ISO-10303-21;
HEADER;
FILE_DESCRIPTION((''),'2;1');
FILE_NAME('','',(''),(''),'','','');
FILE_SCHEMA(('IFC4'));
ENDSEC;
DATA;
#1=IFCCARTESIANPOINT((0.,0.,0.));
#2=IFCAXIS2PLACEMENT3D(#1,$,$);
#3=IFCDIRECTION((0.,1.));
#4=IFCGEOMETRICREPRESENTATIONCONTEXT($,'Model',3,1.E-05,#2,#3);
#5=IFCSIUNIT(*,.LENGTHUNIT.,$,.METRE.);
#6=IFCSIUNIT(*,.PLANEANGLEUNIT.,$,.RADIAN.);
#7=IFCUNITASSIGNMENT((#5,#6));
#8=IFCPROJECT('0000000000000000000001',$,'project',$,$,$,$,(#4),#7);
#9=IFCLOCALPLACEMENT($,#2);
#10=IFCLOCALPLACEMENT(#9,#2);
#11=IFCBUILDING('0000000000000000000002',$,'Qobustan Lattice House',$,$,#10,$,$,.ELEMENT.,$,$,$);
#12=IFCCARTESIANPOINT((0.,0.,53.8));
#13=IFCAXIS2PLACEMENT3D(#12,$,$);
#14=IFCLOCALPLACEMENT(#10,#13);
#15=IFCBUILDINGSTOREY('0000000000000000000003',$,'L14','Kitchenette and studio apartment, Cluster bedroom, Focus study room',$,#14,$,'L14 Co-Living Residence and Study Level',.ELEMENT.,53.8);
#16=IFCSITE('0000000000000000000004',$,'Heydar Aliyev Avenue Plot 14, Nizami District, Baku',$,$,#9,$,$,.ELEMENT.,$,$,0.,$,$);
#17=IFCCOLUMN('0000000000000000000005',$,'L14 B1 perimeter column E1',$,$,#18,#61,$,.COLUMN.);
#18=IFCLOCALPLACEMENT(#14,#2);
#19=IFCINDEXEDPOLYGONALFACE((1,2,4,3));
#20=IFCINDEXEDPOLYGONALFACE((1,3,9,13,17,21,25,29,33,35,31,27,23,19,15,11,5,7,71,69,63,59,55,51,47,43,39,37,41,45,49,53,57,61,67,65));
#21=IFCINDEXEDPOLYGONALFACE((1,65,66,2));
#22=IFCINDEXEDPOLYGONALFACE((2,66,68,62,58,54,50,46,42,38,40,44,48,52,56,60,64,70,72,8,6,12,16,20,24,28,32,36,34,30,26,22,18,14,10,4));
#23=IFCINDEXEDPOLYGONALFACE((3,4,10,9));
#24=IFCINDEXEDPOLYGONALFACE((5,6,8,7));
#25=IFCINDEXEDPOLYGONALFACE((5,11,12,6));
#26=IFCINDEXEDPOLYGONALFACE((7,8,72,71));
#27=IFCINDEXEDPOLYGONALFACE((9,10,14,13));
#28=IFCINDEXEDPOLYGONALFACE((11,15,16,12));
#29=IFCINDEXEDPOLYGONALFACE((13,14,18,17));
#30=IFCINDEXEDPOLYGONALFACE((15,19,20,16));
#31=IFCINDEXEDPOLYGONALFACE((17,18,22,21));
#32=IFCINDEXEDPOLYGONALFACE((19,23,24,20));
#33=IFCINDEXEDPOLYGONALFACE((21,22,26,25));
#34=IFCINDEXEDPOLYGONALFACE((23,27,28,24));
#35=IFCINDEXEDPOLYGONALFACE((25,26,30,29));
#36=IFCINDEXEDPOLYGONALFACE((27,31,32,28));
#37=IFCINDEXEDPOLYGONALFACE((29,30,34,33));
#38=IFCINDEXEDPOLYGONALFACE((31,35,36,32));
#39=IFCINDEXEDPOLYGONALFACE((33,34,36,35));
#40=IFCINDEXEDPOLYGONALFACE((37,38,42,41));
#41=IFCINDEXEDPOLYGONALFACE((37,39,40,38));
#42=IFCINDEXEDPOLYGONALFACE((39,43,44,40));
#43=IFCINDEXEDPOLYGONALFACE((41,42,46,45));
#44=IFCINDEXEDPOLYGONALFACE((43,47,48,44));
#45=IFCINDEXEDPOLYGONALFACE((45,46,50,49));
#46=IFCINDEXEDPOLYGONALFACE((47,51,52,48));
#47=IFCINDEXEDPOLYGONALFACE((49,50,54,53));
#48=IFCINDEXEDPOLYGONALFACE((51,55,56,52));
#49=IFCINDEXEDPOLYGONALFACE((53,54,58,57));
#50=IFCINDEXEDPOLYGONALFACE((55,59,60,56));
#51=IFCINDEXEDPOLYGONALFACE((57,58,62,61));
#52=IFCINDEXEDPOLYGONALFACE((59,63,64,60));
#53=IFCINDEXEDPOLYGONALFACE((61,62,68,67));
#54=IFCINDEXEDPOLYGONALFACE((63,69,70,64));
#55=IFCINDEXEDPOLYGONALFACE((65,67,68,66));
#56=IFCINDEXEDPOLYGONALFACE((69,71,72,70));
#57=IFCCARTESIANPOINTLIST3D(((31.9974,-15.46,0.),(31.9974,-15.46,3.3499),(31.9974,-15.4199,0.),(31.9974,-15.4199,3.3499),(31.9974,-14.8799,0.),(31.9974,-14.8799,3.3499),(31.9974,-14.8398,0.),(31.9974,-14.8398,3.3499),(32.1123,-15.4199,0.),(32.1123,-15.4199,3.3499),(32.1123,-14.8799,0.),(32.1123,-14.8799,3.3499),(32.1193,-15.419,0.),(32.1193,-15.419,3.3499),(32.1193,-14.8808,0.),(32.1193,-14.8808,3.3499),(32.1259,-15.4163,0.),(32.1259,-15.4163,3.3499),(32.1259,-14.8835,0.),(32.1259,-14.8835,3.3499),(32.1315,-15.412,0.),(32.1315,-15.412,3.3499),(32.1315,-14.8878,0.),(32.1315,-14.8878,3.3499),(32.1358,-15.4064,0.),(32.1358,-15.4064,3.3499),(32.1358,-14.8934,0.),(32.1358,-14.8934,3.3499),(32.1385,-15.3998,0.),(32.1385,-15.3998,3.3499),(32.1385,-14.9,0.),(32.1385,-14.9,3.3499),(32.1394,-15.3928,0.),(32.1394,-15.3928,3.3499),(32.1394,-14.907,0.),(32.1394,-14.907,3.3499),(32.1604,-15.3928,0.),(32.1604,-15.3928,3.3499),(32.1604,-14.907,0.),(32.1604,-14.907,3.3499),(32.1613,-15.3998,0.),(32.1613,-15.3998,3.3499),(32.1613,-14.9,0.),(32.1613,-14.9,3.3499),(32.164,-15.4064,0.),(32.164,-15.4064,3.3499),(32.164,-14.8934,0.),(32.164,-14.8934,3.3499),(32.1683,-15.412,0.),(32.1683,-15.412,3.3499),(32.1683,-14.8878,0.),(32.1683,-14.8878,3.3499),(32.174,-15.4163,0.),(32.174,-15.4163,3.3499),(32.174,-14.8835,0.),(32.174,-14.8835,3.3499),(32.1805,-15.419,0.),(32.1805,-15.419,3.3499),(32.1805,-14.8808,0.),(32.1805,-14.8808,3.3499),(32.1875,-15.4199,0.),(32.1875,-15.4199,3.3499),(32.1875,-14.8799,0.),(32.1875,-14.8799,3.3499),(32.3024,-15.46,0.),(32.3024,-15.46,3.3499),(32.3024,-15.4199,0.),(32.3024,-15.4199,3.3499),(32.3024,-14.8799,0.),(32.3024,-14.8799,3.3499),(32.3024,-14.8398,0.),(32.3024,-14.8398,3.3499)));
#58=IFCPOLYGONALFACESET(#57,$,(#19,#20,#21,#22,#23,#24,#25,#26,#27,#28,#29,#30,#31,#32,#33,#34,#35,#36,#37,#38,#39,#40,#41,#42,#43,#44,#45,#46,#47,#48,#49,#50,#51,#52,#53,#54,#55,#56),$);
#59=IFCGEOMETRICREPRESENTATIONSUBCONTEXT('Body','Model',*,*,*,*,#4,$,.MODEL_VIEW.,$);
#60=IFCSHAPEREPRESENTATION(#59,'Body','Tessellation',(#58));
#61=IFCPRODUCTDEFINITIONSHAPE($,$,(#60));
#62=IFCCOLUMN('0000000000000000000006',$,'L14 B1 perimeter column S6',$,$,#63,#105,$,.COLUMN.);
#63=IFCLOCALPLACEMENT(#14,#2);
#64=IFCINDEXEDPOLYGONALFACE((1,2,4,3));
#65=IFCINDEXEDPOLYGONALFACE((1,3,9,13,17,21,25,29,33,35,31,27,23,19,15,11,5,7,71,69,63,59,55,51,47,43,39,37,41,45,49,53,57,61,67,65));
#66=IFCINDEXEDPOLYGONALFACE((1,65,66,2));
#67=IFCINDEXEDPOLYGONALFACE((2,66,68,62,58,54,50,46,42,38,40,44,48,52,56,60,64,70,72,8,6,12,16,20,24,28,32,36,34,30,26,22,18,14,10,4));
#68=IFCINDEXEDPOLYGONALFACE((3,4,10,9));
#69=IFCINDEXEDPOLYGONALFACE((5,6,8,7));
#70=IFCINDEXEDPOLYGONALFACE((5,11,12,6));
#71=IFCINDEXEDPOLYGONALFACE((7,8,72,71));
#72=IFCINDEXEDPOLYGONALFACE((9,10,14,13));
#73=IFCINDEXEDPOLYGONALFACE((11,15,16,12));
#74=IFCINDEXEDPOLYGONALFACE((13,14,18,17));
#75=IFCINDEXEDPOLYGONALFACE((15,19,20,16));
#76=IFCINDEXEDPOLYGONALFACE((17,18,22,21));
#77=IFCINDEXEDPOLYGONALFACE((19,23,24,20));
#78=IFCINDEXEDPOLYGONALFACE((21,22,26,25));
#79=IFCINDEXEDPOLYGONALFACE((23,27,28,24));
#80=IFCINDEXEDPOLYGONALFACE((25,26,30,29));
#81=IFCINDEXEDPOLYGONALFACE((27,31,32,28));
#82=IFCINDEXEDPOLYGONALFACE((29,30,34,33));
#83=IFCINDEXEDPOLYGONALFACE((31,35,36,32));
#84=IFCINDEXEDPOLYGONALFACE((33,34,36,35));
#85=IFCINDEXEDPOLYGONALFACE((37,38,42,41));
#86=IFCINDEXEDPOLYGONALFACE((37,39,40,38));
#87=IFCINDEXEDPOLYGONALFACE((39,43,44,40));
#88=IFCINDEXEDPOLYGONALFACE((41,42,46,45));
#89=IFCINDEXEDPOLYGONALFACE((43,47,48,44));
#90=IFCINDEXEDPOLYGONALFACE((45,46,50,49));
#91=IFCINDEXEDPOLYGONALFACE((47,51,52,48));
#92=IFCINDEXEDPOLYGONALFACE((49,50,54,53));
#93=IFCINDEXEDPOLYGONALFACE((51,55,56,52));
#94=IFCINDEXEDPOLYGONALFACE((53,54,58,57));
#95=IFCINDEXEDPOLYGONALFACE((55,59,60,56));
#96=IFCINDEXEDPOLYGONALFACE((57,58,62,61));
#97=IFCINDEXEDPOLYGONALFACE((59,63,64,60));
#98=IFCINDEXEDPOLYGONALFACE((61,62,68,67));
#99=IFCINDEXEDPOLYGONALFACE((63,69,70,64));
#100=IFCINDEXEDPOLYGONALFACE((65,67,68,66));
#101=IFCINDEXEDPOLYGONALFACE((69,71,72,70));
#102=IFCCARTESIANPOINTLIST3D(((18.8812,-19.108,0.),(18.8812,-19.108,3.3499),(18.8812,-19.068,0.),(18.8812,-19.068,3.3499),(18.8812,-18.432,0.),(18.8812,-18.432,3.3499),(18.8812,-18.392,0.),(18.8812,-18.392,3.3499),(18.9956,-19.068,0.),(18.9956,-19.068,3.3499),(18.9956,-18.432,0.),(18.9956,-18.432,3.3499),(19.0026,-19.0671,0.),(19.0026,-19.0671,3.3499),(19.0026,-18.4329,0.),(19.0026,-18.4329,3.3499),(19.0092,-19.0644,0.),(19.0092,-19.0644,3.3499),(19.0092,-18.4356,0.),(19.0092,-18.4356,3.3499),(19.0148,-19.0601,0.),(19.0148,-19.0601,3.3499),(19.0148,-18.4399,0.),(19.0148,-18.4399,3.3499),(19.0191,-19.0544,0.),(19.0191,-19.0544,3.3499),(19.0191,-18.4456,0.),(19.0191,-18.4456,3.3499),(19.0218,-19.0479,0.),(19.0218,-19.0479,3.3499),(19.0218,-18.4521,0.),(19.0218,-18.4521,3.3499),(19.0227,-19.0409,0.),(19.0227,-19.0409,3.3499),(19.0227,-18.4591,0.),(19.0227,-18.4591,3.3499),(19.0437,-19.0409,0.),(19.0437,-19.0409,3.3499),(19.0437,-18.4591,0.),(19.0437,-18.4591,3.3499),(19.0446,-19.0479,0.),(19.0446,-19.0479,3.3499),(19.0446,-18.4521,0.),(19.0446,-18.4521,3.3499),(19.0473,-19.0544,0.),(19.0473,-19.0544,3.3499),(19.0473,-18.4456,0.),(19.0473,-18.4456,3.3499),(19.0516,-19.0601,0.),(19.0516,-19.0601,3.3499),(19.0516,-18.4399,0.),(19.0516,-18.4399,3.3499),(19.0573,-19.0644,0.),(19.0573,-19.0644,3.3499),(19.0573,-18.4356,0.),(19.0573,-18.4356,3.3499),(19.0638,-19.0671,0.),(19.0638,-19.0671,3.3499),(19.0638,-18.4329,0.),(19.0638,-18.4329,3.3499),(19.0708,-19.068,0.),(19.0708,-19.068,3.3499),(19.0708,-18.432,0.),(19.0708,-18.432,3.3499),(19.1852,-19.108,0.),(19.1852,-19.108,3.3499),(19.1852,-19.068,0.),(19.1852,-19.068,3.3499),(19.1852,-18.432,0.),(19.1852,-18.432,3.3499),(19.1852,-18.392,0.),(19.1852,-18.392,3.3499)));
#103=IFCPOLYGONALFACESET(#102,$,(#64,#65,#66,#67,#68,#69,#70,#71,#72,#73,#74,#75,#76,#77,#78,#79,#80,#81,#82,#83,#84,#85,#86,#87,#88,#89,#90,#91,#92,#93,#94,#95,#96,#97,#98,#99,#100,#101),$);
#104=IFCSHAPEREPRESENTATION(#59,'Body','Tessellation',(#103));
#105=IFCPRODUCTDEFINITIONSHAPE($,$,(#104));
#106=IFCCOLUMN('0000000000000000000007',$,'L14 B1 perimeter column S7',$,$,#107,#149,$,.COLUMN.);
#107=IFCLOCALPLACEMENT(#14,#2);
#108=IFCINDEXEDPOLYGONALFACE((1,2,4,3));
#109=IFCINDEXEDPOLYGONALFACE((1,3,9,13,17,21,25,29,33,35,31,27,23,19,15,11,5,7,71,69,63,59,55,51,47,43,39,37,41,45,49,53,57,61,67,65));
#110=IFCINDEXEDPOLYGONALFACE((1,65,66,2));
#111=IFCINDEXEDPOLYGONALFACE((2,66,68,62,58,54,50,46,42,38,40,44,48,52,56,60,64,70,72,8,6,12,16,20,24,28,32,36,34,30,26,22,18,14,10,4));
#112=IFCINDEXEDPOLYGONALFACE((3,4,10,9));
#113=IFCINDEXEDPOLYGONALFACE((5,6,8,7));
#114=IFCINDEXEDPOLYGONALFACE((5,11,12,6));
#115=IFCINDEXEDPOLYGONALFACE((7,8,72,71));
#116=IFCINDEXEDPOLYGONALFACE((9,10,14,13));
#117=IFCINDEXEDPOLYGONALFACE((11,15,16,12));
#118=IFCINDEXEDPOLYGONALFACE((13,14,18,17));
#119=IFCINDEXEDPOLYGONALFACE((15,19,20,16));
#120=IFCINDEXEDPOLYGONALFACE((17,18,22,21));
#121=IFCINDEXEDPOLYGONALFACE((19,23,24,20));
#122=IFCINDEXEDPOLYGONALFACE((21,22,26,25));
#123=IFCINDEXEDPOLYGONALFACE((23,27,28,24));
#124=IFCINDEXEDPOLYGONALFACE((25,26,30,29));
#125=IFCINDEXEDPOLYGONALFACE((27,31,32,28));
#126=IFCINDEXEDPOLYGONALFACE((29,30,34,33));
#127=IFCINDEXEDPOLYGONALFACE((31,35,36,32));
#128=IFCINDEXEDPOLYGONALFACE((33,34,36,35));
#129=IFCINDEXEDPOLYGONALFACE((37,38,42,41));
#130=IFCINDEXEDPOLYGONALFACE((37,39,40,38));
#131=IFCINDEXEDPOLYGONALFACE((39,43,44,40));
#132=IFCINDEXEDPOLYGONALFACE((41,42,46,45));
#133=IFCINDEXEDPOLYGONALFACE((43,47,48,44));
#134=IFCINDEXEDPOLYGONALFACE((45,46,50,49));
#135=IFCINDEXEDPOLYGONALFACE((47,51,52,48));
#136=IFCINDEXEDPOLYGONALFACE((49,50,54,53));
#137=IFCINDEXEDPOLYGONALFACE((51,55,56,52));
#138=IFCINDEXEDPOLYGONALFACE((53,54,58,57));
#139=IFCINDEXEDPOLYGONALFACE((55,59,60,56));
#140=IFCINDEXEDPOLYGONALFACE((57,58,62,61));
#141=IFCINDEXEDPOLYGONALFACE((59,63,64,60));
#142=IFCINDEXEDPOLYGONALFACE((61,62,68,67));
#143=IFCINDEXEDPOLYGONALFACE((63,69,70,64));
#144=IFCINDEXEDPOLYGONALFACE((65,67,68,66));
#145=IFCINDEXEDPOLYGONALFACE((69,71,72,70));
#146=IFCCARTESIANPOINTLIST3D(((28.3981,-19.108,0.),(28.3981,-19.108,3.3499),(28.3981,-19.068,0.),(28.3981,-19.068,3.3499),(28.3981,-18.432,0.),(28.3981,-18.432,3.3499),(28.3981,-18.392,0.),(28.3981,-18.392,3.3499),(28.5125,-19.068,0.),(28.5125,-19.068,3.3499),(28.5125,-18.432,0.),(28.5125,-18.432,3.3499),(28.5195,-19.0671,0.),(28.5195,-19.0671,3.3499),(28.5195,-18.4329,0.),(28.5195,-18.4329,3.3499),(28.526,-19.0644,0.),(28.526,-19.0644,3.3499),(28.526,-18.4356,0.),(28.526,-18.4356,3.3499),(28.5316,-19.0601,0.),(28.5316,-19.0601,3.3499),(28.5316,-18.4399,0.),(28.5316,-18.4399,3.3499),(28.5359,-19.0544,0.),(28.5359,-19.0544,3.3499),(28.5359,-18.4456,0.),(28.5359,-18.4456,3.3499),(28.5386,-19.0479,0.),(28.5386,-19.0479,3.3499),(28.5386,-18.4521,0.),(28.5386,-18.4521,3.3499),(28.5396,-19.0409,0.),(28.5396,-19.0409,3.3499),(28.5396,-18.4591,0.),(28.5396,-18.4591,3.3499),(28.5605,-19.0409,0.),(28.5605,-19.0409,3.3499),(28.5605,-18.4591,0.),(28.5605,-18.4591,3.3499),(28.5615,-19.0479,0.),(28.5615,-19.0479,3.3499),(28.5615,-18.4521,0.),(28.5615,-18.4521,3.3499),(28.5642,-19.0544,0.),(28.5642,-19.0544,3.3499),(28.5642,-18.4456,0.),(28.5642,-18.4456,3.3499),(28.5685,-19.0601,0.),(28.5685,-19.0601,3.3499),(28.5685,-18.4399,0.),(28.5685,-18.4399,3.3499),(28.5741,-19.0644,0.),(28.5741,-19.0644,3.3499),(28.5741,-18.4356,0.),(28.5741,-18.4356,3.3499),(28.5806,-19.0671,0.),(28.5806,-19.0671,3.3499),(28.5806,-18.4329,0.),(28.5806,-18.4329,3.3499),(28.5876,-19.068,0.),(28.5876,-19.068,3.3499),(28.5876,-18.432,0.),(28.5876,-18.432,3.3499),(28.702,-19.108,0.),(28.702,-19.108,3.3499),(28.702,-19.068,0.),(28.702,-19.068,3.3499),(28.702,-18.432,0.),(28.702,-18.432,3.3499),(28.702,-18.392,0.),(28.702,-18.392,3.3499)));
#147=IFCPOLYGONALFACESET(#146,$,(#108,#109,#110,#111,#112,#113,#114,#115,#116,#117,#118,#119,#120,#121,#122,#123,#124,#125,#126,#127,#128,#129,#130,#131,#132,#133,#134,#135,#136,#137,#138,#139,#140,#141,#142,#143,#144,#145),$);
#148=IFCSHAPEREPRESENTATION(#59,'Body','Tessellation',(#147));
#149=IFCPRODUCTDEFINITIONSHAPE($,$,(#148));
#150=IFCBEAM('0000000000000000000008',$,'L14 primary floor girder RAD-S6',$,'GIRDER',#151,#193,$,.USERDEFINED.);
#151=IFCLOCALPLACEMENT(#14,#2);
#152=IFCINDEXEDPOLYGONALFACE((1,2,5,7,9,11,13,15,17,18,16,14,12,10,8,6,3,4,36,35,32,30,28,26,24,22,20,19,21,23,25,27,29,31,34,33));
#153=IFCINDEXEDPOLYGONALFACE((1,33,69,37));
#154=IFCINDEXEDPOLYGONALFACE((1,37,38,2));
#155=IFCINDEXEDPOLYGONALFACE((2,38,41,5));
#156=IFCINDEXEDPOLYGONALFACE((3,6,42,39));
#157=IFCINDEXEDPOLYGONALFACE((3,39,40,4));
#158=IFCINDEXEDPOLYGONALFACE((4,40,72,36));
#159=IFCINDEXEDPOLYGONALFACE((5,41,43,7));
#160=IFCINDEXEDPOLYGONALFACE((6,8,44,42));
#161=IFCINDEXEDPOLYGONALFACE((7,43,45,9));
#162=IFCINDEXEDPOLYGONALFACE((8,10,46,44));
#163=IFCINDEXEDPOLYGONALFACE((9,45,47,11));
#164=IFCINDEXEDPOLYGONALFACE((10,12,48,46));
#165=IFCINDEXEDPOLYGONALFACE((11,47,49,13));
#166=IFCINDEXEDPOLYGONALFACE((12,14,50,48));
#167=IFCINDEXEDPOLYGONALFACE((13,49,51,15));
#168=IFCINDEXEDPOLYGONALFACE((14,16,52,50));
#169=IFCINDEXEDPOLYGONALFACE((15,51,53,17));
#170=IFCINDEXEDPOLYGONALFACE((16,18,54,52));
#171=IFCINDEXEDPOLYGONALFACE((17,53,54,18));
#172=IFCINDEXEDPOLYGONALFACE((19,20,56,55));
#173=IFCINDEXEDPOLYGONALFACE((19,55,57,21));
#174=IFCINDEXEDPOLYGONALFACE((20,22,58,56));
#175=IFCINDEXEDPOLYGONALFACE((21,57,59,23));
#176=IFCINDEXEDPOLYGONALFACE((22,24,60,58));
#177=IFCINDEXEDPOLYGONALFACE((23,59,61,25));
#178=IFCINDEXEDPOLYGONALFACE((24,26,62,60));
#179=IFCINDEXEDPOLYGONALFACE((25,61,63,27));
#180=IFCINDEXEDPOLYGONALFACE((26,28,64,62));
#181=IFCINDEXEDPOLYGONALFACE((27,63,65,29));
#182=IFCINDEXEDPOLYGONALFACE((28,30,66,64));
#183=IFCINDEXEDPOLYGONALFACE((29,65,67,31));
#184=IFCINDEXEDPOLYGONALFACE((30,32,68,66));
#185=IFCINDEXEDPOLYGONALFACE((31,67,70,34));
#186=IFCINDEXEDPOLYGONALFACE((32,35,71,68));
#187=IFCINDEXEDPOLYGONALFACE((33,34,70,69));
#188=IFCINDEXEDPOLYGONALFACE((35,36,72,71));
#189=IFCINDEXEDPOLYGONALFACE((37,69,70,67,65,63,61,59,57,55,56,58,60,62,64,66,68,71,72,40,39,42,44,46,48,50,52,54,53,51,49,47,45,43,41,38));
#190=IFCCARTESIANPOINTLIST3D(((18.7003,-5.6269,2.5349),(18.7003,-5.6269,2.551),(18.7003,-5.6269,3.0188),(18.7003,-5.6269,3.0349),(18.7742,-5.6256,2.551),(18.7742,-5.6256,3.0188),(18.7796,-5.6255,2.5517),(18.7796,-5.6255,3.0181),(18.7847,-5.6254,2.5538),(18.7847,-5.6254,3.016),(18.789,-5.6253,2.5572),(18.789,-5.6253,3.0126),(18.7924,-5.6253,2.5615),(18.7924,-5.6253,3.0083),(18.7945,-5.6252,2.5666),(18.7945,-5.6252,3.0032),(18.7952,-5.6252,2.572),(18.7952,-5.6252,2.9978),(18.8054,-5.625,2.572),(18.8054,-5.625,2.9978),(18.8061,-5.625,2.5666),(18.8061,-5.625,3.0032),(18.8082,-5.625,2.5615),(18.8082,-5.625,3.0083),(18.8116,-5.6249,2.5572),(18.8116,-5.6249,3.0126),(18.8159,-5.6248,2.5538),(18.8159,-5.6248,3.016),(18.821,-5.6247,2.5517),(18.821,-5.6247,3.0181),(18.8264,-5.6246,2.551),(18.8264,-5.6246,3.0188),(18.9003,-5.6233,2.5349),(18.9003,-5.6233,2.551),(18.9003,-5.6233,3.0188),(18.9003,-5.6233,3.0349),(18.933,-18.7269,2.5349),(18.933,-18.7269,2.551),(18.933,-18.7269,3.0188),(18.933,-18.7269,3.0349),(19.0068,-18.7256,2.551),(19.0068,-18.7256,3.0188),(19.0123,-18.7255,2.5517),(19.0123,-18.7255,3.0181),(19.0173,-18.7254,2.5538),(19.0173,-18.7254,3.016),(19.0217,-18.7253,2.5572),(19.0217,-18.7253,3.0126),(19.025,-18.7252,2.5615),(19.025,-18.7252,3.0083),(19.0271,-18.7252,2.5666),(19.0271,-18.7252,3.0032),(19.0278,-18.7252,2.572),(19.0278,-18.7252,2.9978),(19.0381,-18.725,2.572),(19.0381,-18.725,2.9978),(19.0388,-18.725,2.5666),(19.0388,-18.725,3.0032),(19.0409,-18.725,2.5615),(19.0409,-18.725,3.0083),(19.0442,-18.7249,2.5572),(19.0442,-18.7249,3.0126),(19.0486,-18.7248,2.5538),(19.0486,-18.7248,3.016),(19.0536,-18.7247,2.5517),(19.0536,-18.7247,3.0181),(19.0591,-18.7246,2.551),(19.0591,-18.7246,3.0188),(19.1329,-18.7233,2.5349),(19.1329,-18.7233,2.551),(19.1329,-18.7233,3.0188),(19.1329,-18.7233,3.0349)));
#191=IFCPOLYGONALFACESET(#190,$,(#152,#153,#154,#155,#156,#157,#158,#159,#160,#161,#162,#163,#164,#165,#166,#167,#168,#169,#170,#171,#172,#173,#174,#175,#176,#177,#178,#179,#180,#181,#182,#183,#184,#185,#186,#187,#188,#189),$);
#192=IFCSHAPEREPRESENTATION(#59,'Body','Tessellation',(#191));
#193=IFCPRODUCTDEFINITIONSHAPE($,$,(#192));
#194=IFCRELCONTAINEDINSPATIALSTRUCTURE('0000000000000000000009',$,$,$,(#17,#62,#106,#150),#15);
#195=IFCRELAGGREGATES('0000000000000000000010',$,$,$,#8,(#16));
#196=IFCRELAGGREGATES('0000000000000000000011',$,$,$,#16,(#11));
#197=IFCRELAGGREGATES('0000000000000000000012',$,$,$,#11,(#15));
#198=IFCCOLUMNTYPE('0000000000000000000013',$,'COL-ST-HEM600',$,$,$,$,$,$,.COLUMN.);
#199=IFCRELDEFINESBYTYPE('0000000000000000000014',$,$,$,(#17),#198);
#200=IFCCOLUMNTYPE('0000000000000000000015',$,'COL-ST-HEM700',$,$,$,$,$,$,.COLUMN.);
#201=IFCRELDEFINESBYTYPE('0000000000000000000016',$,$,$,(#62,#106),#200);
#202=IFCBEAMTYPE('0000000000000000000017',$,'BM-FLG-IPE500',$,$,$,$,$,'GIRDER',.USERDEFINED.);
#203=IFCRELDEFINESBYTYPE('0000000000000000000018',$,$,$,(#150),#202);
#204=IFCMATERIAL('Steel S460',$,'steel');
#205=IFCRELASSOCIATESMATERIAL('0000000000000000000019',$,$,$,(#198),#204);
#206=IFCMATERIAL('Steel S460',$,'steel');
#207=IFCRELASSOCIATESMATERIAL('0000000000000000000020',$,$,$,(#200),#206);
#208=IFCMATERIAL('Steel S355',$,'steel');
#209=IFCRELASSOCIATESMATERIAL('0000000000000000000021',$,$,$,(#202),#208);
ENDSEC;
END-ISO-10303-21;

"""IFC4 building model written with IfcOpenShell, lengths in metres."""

from ifc_helpers import new_model, si_unit, direction, frame, origin, origin_2d, place, context, subcontext, project, spatial, i_section, extrude, material, material_profile, profile_set, type_object, element, save


model = new_model("IFC4")

# Units and contexts
model_context = context("Model", 3, precision=1e-05, world=origin(), true_north=direction((0.0, 1.0)))
body_context = subcontext(model_context, "Body", "Model", "MODEL_VIEW")
ifc_project = project(units=[si_unit("LENGTHUNIT", "METRE"), si_unit("PLANEANGLEUNIT", "RADIAN")], contexts=[model_context])

# Site, building, storey
site_placement = place(None, origin())
site = spatial("IfcSite", under=ifc_project, at=site_placement, Name="Heydar Aliyev Avenue Plot 14, Nizami District, Baku", CompositionType="ELEMENT", RefElevation=0.0)
building_placement = place(site_placement, origin())
building = spatial("IfcBuilding", under=site, at=building_placement, Name="Qobustan Lattice House", CompositionType="ELEMENT")
storey_placement = place(building_placement, frame((0.0, 0.0, 53.8)))
storey = spatial("IfcBuildingStorey", under=building, at=storey_placement, Name="L14", Description="Kitchenette and studio apartment, Cluster bedroom, Focus study room", LongName="L14 Co-Living Residence and Study Level", CompositionType="ELEMENT", Elevation=53.8)

# Columns
ifc_material_1 = material(Name="Steel S460", Category="steel")
ifc_material_profile_1 = material_profile(ifc_material_1, i_section(OverallWidth=0.3049, OverallDepth=0.6201, WebThickness=0.021, FlangeThickness=0.04, FilletRadius=0.0271, at=origin_2d()), Name="HEM600")
ifc_profile_set_1 = profile_set([ifc_material_profile_1], Name="Steel S460")
column_type_1 = type_object("IfcColumnType", Name="COL-ST-HEM600", PredefinedType="COLUMN", material=ifc_profile_set_1)
column_placement = place(storey_placement, frame((32.1499, -15.1499, 0.0), z_axis=(0.0, 0.0, 1.0), x_axis=(1.0, 0.0, 0.0)))
element("IfcColumn", 1, at=column_placement, inside=storey, type_object=column_type_1, Name="L14 B1 perimeter column E1", PredefinedType="COLUMN", context=body_context, shape_type="SweptSolid", body=[
    extrude(i_section(OverallWidth=0.3049, OverallDepth=0.6201, WebThickness=0.021, FlangeThickness=0.04, FilletRadius=0.0271, at=origin_2d()), origin(), (0.0, 0.0, 1.0), 3.3499),
])
ifc_material_2 = material(Name="Steel S460", Category="steel")
ifc_material_profile_2 = material_profile(ifc_material_2, i_section(OverallWidth=0.304, OverallDepth=0.7161, WebThickness=0.021, FlangeThickness=0.04, FilletRadius=0.0271, at=origin_2d()), Name="HEM700")
ifc_profile_set_2 = profile_set([ifc_material_profile_2], Name="Steel S460")
column_type_2 = type_object("IfcColumnType", Name="COL-ST-HEM700", PredefinedType="COLUMN", material=ifc_profile_set_2)
for number, where, z_axis, x_axis, name in (
    (2, (19.0332, -18.75, 0.0), (0.0, 0.0, 1.0), (1.0, 0.0, 0.0), "L14 B1 perimeter column S6"),
    (3, (28.55, -18.75, 0.0), (0.0, 0.0, 1.0), (1.0, 0.0, 0.0), "L14 B1 perimeter column S7"),
):
    element("IfcColumn", number, at=place(storey_placement, frame(where, z_axis=z_axis, x_axis=x_axis)), inside=storey, type_object=column_type_2, Name=name, PredefinedType="COLUMN", context=body_context, shape_type="SweptSolid", body=[
        extrude(i_section(OverallWidth=0.304, OverallDepth=0.7161, WebThickness=0.021, FlangeThickness=0.04, FilletRadius=0.0271, at=origin_2d()), origin(), (0.0, 0.0, 1.0), 3.3499),
    ])

# Beam
ifc_material_3 = material(Name="Steel S355", Category="steel")
ifc_material_profile_3 = material_profile(ifc_material_3, i_section(OverallWidth=0.2, OverallDepth=0.5, WebThickness=0.0103, FlangeThickness=0.0161, FilletRadius=0.021, at=origin_2d()), Name="IPE500")
ifc_profile_set_3 = profile_set([ifc_material_profile_3], Name="Steel S355")
beam_type_1 = type_object("IfcBeamType", Name="BM-FLG-IPE500", ElementType="GIRDER", PredefinedType="USERDEFINED", material=ifc_profile_set_3)
beam_1_placement = place(storey_placement, frame((19.033, -18.7251, 2.7849), z_axis=(-0.017758, 0.999842, 0.0), x_axis=(-0.999842, -0.017758, 0.0)))
element("IfcBeam", 4, at=beam_1_placement, inside=storey, type_object=beam_type_1, Name="L14 primary floor girder RAD-S6", ObjectType="GIRDER", PredefinedType="USERDEFINED", context=body_context, shape_type="SweptSolid", body=[
    extrude(i_section(OverallWidth=0.2, OverallDepth=0.5, WebThickness=0.0103, FlangeThickness=0.0161, FilletRadius=0.021, at=origin_2d()), origin(), (0.0, 0.0, 1.0), 13.1021),
])

save(model, "model.ifc")
